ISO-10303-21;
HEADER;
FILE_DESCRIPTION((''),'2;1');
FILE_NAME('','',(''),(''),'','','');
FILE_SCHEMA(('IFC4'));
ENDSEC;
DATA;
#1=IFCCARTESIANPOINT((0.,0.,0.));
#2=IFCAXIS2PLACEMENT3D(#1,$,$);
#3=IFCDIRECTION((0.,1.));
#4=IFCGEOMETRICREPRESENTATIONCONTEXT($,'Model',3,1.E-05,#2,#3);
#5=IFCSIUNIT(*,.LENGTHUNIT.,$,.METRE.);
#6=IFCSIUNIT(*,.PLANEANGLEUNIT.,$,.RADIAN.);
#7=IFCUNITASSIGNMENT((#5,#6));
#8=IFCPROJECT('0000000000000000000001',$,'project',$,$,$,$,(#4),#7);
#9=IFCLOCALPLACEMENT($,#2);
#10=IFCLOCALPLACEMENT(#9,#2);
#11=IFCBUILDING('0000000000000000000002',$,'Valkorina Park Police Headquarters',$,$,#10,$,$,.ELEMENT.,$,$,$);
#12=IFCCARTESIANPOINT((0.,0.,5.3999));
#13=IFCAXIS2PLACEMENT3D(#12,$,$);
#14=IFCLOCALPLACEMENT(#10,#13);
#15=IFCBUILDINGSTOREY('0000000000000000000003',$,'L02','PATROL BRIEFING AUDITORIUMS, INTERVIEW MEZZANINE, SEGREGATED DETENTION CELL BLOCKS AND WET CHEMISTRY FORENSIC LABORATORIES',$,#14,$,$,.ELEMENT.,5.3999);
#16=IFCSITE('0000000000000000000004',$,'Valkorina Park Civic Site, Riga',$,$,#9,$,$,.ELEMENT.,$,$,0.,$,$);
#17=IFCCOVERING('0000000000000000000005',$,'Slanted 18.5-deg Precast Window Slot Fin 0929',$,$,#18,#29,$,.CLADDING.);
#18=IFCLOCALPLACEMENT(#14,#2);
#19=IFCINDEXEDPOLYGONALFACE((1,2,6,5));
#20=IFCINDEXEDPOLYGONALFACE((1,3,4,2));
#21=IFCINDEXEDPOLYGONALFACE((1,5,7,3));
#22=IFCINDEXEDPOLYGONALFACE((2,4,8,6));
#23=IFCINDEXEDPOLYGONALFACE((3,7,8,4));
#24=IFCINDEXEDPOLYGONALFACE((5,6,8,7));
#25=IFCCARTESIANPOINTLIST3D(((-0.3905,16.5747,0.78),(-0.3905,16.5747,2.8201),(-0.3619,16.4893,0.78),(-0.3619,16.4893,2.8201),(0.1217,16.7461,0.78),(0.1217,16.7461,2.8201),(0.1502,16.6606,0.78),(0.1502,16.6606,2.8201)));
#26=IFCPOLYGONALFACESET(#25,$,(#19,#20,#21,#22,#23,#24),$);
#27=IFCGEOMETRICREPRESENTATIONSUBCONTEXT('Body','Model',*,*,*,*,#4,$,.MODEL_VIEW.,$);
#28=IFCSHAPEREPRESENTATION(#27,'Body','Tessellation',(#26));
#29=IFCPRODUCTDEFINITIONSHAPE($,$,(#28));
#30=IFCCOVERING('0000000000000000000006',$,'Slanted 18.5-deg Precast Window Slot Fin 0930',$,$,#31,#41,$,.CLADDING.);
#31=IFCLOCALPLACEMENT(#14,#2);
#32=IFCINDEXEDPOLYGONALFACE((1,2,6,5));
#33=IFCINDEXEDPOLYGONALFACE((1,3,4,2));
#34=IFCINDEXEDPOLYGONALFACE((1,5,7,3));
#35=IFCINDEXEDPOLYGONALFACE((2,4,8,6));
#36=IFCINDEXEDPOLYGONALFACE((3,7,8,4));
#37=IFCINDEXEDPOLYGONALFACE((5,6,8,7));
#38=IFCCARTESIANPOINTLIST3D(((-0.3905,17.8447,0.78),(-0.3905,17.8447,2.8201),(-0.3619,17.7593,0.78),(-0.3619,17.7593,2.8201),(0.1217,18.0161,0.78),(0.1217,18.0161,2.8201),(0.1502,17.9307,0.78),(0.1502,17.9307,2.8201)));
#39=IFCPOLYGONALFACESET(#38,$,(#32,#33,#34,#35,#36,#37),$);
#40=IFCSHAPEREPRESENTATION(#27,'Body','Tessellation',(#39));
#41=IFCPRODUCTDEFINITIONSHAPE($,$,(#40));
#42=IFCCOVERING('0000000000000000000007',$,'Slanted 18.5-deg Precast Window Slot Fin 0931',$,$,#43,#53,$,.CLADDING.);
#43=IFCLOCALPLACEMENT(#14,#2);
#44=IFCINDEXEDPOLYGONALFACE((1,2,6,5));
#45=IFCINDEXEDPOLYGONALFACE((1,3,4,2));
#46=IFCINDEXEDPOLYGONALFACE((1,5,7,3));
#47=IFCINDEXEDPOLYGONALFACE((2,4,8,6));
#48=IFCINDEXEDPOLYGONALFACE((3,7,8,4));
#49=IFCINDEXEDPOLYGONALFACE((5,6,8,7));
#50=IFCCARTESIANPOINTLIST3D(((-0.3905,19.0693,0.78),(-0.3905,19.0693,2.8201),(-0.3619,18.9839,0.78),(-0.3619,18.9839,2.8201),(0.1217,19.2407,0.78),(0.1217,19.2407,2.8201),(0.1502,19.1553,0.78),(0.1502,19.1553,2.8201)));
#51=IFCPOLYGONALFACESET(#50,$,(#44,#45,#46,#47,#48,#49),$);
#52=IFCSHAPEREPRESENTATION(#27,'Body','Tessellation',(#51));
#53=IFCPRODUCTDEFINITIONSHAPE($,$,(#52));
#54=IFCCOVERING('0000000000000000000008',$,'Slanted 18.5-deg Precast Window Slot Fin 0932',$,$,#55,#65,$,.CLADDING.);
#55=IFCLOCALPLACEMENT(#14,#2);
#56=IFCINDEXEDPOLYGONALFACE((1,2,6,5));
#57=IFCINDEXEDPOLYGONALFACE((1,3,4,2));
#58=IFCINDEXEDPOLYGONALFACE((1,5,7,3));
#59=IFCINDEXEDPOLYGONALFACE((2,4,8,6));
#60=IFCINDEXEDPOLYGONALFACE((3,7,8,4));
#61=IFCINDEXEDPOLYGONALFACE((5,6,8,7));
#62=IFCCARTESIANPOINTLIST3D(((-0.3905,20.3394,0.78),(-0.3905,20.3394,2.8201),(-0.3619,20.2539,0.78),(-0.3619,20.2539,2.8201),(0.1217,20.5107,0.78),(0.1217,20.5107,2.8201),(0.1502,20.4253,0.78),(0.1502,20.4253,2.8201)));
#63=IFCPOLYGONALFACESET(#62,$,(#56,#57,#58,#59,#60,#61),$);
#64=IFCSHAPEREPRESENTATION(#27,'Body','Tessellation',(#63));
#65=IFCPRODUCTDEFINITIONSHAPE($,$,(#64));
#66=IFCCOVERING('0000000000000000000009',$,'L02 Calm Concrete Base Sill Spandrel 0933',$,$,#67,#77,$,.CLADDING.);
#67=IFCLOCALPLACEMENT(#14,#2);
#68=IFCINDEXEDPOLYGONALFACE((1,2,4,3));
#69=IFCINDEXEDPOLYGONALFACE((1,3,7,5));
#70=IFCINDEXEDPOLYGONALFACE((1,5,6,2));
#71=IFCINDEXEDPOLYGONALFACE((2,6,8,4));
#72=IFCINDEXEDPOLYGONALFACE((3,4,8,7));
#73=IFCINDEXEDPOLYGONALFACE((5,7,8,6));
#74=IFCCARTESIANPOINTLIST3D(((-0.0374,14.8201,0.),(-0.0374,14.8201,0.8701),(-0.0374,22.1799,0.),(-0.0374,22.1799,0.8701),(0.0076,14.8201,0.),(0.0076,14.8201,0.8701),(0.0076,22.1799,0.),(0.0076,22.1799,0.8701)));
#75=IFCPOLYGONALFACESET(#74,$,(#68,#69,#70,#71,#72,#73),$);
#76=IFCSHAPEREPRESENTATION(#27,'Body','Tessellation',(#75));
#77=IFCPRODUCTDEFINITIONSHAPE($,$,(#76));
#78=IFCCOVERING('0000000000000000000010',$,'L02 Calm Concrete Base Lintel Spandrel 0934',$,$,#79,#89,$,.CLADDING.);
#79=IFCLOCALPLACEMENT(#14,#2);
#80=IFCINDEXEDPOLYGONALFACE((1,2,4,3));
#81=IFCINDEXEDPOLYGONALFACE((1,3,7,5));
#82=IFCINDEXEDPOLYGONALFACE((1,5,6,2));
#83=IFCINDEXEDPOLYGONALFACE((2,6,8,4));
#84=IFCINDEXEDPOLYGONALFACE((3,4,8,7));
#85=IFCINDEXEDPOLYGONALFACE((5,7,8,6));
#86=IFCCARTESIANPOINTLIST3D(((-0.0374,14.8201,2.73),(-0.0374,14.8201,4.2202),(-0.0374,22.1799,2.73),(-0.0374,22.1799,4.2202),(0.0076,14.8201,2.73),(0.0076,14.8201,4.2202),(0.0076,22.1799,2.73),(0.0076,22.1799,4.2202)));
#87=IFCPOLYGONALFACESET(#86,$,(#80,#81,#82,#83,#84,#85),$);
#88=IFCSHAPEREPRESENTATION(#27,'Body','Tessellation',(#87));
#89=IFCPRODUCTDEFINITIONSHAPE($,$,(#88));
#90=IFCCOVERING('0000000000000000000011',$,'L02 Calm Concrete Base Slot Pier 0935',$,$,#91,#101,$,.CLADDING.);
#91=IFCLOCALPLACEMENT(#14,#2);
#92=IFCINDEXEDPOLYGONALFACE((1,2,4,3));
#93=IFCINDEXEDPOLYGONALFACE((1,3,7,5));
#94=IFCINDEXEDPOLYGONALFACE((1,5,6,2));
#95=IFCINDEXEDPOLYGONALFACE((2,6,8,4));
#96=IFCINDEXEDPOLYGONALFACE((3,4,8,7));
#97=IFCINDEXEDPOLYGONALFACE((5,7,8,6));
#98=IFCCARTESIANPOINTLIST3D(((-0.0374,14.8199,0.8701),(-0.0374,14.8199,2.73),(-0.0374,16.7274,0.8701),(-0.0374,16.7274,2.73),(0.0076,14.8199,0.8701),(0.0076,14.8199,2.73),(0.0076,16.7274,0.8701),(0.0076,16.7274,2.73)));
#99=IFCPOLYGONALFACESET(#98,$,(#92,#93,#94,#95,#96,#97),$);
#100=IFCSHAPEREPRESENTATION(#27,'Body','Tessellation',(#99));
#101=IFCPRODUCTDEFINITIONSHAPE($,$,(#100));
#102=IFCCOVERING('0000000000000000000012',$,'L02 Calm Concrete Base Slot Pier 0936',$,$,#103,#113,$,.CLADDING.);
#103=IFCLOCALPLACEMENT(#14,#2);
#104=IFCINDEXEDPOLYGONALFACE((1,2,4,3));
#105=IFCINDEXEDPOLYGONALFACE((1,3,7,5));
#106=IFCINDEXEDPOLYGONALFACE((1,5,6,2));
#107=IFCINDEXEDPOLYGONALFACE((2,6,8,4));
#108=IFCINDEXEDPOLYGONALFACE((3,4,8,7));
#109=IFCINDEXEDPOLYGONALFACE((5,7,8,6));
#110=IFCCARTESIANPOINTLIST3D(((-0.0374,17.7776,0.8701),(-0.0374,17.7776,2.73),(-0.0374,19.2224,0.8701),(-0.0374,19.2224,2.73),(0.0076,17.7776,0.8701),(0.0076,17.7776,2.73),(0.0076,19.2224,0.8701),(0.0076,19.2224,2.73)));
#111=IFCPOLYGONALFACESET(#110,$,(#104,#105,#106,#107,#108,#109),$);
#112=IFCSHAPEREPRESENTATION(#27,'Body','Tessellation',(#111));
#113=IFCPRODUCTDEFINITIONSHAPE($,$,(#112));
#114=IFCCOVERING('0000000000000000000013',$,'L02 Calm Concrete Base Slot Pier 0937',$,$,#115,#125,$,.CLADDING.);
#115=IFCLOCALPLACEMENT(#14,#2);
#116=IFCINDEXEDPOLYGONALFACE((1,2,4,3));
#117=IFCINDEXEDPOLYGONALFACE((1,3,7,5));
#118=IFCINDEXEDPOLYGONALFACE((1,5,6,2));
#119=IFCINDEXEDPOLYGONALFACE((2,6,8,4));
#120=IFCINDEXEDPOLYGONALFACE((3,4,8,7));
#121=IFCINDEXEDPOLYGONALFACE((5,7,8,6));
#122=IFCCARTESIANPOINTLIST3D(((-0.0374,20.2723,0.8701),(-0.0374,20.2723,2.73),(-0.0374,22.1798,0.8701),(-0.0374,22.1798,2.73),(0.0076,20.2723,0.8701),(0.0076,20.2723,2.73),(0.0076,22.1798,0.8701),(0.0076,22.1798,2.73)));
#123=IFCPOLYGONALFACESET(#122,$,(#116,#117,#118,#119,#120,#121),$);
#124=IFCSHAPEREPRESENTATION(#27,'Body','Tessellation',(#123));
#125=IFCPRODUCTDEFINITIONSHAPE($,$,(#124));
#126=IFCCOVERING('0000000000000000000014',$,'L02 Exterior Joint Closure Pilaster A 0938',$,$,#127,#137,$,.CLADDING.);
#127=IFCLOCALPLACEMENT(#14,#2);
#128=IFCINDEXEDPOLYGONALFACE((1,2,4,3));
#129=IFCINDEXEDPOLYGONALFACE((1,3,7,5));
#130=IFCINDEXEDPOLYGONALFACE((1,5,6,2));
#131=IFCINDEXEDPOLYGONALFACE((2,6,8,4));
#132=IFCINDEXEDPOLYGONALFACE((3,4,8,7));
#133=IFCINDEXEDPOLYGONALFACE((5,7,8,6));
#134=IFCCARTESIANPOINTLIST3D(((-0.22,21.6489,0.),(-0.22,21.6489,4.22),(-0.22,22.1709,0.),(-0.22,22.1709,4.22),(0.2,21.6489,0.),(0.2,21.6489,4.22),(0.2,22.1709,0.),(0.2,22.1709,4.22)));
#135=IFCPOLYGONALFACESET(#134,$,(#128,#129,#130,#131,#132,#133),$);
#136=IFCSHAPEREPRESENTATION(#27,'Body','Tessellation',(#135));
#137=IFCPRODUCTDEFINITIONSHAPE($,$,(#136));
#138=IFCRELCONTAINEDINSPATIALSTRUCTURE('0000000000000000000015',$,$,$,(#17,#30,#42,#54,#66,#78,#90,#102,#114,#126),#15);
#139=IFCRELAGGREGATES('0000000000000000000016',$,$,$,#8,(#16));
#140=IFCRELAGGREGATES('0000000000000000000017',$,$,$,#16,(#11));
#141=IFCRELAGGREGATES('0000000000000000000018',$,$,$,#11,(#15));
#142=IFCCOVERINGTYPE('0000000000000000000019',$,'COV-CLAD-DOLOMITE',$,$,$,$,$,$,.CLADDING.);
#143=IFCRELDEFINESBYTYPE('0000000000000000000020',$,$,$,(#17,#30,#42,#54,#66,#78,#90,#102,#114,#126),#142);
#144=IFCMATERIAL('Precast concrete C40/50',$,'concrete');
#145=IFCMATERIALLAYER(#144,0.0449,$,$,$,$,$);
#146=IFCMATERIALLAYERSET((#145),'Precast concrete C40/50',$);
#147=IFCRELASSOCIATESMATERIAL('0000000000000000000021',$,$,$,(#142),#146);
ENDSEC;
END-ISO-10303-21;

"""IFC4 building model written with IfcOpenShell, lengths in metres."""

from ifc_helpers import new_model, si_unit, direction, frame, frame_2d, origin, origin_2d, place, context, subcontext, project, spatial, rectangle, extrude, material, layer, layer_set, type_object, element, save


model = new_model("IFC4")

# Units and contexts
model_context = context("Model", 3, precision=1e-05, world=origin(), true_north=direction((0.0, 1.0)))
body_context = subcontext(model_context, "Body", "Model", "MODEL_VIEW")
ifc_project = project(units=[si_unit("LENGTHUNIT", "METRE"), si_unit("PLANEANGLEUNIT", "RADIAN")], contexts=[model_context])

# Site, building, storey
site_placement = place(None, origin())
site = spatial("IfcSite", under=ifc_project, at=site_placement, Name="Valkorina Park Civic Site, Riga", CompositionType="ELEMENT", RefElevation=0.0)
building_placement = place(site_placement, origin())
building = spatial("IfcBuilding", under=site, at=building_placement, Name="Valkorina Park Police Headquarters", CompositionType="ELEMENT")
storey_placement = place(building_placement, frame((0.0, 0.0, 5.3999)))
storey = spatial("IfcBuildingStorey", under=building, at=storey_placement, Name="L02", Description="PATROL BRIEFING AUDITORIUMS, INTERVIEW MEZZANINE, SEGREGATED DETENTION CELL BLOCKS AND WET CHEMISTRY FORENSIC LABORATORIES", CompositionType="ELEMENT", Elevation=5.3999)

# Coverings
ifc_material_1 = material(Name="Precast concrete C40/50", Category="concrete")
ifc_layer_1 = layer(ifc_material_1, 0.0449)
ifc_layer_set_1 = layer_set([ifc_layer_1], Name="Precast concrete C40/50")
covering_type = type_object("IfcCoveringType", Name="COV-CLAD-DOLOMITE", PredefinedType="CLADDING", material=ifc_layer_set_1)
for number, where, z_axis, x_axis, name in (
    (1, (-0.1201, 16.6177, 0.78), (0.0, 0.0, 1.0), (-0.948324, -0.317305, 0.0), "Slanted 18.5-deg Precast Window Slot Fin 0929"),
    (2, (-0.1201, 17.8877, 0.78), (0.0, 0.0, 1.0), (-0.948324, -0.317305, 0.0), "Slanted 18.5-deg Precast Window Slot Fin 0930"),
    (3, (-0.1201, 19.1123, 0.78), (0.0, 0.0, 1.0), (-0.948324, -0.317305, 0.0), "Slanted 18.5-deg Precast Window Slot Fin 0931"),
    (4, (-0.1201, 20.3823, 0.78), (0.0, 0.0, 1.0), (-0.948324, -0.317305, 0.0), "Slanted 18.5-deg Precast Window Slot Fin 0932"),
):
    element("IfcCovering", number, at=place(storey_placement, frame(where, z_axis=z_axis, x_axis=x_axis)), inside=storey, type_object=covering_type, Name=name, PredefinedType="CLADDING", context=body_context, shape_type="SweptSolid", body=[
        extrude(rectangle(XDim=0.54, YDim=0.0901, at=origin_2d()), origin(), (0.0, 0.0, 1.0), 2.04),
    ])
covering_1_placement = place(storey_placement, frame((-0.0149, 14.8201, 0.0), z_axis=(0.0, 0.0, 1.0), x_axis=(0.0, 1.0, 0.0)))
element("IfcCovering", 5, at=covering_1_placement, inside=storey, type_object=covering_type, Name="L02 Calm Concrete Base Sill Spandrel 0933", PredefinedType="CLADDING", context=body_context, shape_type="SweptSolid", body=[
    extrude(rectangle(XDim=7.3599, YDim=0.0449, at=frame_2d((3.6799, 0.0))), origin(), (0.0, 0.0, 1.0), 0.8701),
])
covering_2_placement = place(storey_placement, frame((-0.0149, 14.8201, 2.73), z_axis=(0.0, 0.0, 1.0), x_axis=(0.0, 1.0, 0.0)))
element("IfcCovering", 6, at=covering_2_placement, inside=storey, type_object=covering_type, Name="L02 Calm Concrete Base Lintel Spandrel 0934", PredefinedType="CLADDING", context=body_context, shape_type="SweptSolid", body=[
    extrude(rectangle(XDim=7.3599, YDim=0.0449, at=frame_2d((3.6799, 0.0))), origin(), (0.0, 0.0, 1.0), 1.4902),
])
covering_3_placement = place(storey_placement, frame((-0.0149, 14.8201, 0.8701), z_axis=(0.0, 0.0, 1.0), x_axis=(0.0, 1.0, 0.0)))
element("IfcCovering", 7, at=covering_3_placement, inside=storey, type_object=covering_type, Name="L02 Calm Concrete Base Slot Pier 0935", PredefinedType="CLADDING", context=body_context, shape_type="SweptSolid", body=[
    extrude(rectangle(XDim=1.9075, YDim=0.0449, at=frame_2d((0.9536, 0.0))), origin(), (0.0, 0.0, 1.0), 1.8599),
])
covering_4_placement = place(storey_placement, frame((-0.0149, 17.7776, 0.8701), z_axis=(0.0, 0.0, 1.0), x_axis=(0.0, 1.0, 0.0)))
element("IfcCovering", 8, at=covering_4_placement, inside=storey, type_object=covering_type, Name="L02 Calm Concrete Base Slot Pier 0936", PredefinedType="CLADDING", context=body_context, shape_type="SweptSolid", body=[
    extrude(rectangle(XDim=1.4448, YDim=0.0449, at=frame_2d((0.7224, 0.0))), origin(), (0.0, 0.0, 1.0), 1.8599),
])
covering_5_placement = place(storey_placement, frame((-0.0149, 20.2725, 0.8701), z_axis=(0.0, 0.0, 1.0), x_axis=(0.0, 1.0, 0.0)))
element("IfcCovering", 9, at=covering_5_placement, inside=storey, type_object=covering_type, Name="L02 Calm Concrete Base Slot Pier 0937", PredefinedType="CLADDING", context=body_context, shape_type="SweptSolid", body=[
    extrude(rectangle(XDim=1.9075, YDim=0.0449, at=frame_2d((0.9536, 0.0))), origin(), (0.0, 0.0, 1.0), 1.8599),
])
covering_6_placement = place(storey_placement, frame((-0.01, 21.9099, 0.0), z_axis=(0.0, 0.0, 1.0), x_axis=(1.0, 0.0, 0.0)))
element("IfcCovering", 10, at=covering_6_placement, inside=storey, type_object=covering_type, Name="L02 Exterior Joint Closure Pilaster A 0938", PredefinedType="CLADDING", context=body_context, shape_type="SweptSolid", body=[
    extrude(rectangle(XDim=0.4199, YDim=0.522, at=origin_2d()), origin(), (0.0, 0.0, 1.0), 4.22),
])

save(model, "model.ifc")
